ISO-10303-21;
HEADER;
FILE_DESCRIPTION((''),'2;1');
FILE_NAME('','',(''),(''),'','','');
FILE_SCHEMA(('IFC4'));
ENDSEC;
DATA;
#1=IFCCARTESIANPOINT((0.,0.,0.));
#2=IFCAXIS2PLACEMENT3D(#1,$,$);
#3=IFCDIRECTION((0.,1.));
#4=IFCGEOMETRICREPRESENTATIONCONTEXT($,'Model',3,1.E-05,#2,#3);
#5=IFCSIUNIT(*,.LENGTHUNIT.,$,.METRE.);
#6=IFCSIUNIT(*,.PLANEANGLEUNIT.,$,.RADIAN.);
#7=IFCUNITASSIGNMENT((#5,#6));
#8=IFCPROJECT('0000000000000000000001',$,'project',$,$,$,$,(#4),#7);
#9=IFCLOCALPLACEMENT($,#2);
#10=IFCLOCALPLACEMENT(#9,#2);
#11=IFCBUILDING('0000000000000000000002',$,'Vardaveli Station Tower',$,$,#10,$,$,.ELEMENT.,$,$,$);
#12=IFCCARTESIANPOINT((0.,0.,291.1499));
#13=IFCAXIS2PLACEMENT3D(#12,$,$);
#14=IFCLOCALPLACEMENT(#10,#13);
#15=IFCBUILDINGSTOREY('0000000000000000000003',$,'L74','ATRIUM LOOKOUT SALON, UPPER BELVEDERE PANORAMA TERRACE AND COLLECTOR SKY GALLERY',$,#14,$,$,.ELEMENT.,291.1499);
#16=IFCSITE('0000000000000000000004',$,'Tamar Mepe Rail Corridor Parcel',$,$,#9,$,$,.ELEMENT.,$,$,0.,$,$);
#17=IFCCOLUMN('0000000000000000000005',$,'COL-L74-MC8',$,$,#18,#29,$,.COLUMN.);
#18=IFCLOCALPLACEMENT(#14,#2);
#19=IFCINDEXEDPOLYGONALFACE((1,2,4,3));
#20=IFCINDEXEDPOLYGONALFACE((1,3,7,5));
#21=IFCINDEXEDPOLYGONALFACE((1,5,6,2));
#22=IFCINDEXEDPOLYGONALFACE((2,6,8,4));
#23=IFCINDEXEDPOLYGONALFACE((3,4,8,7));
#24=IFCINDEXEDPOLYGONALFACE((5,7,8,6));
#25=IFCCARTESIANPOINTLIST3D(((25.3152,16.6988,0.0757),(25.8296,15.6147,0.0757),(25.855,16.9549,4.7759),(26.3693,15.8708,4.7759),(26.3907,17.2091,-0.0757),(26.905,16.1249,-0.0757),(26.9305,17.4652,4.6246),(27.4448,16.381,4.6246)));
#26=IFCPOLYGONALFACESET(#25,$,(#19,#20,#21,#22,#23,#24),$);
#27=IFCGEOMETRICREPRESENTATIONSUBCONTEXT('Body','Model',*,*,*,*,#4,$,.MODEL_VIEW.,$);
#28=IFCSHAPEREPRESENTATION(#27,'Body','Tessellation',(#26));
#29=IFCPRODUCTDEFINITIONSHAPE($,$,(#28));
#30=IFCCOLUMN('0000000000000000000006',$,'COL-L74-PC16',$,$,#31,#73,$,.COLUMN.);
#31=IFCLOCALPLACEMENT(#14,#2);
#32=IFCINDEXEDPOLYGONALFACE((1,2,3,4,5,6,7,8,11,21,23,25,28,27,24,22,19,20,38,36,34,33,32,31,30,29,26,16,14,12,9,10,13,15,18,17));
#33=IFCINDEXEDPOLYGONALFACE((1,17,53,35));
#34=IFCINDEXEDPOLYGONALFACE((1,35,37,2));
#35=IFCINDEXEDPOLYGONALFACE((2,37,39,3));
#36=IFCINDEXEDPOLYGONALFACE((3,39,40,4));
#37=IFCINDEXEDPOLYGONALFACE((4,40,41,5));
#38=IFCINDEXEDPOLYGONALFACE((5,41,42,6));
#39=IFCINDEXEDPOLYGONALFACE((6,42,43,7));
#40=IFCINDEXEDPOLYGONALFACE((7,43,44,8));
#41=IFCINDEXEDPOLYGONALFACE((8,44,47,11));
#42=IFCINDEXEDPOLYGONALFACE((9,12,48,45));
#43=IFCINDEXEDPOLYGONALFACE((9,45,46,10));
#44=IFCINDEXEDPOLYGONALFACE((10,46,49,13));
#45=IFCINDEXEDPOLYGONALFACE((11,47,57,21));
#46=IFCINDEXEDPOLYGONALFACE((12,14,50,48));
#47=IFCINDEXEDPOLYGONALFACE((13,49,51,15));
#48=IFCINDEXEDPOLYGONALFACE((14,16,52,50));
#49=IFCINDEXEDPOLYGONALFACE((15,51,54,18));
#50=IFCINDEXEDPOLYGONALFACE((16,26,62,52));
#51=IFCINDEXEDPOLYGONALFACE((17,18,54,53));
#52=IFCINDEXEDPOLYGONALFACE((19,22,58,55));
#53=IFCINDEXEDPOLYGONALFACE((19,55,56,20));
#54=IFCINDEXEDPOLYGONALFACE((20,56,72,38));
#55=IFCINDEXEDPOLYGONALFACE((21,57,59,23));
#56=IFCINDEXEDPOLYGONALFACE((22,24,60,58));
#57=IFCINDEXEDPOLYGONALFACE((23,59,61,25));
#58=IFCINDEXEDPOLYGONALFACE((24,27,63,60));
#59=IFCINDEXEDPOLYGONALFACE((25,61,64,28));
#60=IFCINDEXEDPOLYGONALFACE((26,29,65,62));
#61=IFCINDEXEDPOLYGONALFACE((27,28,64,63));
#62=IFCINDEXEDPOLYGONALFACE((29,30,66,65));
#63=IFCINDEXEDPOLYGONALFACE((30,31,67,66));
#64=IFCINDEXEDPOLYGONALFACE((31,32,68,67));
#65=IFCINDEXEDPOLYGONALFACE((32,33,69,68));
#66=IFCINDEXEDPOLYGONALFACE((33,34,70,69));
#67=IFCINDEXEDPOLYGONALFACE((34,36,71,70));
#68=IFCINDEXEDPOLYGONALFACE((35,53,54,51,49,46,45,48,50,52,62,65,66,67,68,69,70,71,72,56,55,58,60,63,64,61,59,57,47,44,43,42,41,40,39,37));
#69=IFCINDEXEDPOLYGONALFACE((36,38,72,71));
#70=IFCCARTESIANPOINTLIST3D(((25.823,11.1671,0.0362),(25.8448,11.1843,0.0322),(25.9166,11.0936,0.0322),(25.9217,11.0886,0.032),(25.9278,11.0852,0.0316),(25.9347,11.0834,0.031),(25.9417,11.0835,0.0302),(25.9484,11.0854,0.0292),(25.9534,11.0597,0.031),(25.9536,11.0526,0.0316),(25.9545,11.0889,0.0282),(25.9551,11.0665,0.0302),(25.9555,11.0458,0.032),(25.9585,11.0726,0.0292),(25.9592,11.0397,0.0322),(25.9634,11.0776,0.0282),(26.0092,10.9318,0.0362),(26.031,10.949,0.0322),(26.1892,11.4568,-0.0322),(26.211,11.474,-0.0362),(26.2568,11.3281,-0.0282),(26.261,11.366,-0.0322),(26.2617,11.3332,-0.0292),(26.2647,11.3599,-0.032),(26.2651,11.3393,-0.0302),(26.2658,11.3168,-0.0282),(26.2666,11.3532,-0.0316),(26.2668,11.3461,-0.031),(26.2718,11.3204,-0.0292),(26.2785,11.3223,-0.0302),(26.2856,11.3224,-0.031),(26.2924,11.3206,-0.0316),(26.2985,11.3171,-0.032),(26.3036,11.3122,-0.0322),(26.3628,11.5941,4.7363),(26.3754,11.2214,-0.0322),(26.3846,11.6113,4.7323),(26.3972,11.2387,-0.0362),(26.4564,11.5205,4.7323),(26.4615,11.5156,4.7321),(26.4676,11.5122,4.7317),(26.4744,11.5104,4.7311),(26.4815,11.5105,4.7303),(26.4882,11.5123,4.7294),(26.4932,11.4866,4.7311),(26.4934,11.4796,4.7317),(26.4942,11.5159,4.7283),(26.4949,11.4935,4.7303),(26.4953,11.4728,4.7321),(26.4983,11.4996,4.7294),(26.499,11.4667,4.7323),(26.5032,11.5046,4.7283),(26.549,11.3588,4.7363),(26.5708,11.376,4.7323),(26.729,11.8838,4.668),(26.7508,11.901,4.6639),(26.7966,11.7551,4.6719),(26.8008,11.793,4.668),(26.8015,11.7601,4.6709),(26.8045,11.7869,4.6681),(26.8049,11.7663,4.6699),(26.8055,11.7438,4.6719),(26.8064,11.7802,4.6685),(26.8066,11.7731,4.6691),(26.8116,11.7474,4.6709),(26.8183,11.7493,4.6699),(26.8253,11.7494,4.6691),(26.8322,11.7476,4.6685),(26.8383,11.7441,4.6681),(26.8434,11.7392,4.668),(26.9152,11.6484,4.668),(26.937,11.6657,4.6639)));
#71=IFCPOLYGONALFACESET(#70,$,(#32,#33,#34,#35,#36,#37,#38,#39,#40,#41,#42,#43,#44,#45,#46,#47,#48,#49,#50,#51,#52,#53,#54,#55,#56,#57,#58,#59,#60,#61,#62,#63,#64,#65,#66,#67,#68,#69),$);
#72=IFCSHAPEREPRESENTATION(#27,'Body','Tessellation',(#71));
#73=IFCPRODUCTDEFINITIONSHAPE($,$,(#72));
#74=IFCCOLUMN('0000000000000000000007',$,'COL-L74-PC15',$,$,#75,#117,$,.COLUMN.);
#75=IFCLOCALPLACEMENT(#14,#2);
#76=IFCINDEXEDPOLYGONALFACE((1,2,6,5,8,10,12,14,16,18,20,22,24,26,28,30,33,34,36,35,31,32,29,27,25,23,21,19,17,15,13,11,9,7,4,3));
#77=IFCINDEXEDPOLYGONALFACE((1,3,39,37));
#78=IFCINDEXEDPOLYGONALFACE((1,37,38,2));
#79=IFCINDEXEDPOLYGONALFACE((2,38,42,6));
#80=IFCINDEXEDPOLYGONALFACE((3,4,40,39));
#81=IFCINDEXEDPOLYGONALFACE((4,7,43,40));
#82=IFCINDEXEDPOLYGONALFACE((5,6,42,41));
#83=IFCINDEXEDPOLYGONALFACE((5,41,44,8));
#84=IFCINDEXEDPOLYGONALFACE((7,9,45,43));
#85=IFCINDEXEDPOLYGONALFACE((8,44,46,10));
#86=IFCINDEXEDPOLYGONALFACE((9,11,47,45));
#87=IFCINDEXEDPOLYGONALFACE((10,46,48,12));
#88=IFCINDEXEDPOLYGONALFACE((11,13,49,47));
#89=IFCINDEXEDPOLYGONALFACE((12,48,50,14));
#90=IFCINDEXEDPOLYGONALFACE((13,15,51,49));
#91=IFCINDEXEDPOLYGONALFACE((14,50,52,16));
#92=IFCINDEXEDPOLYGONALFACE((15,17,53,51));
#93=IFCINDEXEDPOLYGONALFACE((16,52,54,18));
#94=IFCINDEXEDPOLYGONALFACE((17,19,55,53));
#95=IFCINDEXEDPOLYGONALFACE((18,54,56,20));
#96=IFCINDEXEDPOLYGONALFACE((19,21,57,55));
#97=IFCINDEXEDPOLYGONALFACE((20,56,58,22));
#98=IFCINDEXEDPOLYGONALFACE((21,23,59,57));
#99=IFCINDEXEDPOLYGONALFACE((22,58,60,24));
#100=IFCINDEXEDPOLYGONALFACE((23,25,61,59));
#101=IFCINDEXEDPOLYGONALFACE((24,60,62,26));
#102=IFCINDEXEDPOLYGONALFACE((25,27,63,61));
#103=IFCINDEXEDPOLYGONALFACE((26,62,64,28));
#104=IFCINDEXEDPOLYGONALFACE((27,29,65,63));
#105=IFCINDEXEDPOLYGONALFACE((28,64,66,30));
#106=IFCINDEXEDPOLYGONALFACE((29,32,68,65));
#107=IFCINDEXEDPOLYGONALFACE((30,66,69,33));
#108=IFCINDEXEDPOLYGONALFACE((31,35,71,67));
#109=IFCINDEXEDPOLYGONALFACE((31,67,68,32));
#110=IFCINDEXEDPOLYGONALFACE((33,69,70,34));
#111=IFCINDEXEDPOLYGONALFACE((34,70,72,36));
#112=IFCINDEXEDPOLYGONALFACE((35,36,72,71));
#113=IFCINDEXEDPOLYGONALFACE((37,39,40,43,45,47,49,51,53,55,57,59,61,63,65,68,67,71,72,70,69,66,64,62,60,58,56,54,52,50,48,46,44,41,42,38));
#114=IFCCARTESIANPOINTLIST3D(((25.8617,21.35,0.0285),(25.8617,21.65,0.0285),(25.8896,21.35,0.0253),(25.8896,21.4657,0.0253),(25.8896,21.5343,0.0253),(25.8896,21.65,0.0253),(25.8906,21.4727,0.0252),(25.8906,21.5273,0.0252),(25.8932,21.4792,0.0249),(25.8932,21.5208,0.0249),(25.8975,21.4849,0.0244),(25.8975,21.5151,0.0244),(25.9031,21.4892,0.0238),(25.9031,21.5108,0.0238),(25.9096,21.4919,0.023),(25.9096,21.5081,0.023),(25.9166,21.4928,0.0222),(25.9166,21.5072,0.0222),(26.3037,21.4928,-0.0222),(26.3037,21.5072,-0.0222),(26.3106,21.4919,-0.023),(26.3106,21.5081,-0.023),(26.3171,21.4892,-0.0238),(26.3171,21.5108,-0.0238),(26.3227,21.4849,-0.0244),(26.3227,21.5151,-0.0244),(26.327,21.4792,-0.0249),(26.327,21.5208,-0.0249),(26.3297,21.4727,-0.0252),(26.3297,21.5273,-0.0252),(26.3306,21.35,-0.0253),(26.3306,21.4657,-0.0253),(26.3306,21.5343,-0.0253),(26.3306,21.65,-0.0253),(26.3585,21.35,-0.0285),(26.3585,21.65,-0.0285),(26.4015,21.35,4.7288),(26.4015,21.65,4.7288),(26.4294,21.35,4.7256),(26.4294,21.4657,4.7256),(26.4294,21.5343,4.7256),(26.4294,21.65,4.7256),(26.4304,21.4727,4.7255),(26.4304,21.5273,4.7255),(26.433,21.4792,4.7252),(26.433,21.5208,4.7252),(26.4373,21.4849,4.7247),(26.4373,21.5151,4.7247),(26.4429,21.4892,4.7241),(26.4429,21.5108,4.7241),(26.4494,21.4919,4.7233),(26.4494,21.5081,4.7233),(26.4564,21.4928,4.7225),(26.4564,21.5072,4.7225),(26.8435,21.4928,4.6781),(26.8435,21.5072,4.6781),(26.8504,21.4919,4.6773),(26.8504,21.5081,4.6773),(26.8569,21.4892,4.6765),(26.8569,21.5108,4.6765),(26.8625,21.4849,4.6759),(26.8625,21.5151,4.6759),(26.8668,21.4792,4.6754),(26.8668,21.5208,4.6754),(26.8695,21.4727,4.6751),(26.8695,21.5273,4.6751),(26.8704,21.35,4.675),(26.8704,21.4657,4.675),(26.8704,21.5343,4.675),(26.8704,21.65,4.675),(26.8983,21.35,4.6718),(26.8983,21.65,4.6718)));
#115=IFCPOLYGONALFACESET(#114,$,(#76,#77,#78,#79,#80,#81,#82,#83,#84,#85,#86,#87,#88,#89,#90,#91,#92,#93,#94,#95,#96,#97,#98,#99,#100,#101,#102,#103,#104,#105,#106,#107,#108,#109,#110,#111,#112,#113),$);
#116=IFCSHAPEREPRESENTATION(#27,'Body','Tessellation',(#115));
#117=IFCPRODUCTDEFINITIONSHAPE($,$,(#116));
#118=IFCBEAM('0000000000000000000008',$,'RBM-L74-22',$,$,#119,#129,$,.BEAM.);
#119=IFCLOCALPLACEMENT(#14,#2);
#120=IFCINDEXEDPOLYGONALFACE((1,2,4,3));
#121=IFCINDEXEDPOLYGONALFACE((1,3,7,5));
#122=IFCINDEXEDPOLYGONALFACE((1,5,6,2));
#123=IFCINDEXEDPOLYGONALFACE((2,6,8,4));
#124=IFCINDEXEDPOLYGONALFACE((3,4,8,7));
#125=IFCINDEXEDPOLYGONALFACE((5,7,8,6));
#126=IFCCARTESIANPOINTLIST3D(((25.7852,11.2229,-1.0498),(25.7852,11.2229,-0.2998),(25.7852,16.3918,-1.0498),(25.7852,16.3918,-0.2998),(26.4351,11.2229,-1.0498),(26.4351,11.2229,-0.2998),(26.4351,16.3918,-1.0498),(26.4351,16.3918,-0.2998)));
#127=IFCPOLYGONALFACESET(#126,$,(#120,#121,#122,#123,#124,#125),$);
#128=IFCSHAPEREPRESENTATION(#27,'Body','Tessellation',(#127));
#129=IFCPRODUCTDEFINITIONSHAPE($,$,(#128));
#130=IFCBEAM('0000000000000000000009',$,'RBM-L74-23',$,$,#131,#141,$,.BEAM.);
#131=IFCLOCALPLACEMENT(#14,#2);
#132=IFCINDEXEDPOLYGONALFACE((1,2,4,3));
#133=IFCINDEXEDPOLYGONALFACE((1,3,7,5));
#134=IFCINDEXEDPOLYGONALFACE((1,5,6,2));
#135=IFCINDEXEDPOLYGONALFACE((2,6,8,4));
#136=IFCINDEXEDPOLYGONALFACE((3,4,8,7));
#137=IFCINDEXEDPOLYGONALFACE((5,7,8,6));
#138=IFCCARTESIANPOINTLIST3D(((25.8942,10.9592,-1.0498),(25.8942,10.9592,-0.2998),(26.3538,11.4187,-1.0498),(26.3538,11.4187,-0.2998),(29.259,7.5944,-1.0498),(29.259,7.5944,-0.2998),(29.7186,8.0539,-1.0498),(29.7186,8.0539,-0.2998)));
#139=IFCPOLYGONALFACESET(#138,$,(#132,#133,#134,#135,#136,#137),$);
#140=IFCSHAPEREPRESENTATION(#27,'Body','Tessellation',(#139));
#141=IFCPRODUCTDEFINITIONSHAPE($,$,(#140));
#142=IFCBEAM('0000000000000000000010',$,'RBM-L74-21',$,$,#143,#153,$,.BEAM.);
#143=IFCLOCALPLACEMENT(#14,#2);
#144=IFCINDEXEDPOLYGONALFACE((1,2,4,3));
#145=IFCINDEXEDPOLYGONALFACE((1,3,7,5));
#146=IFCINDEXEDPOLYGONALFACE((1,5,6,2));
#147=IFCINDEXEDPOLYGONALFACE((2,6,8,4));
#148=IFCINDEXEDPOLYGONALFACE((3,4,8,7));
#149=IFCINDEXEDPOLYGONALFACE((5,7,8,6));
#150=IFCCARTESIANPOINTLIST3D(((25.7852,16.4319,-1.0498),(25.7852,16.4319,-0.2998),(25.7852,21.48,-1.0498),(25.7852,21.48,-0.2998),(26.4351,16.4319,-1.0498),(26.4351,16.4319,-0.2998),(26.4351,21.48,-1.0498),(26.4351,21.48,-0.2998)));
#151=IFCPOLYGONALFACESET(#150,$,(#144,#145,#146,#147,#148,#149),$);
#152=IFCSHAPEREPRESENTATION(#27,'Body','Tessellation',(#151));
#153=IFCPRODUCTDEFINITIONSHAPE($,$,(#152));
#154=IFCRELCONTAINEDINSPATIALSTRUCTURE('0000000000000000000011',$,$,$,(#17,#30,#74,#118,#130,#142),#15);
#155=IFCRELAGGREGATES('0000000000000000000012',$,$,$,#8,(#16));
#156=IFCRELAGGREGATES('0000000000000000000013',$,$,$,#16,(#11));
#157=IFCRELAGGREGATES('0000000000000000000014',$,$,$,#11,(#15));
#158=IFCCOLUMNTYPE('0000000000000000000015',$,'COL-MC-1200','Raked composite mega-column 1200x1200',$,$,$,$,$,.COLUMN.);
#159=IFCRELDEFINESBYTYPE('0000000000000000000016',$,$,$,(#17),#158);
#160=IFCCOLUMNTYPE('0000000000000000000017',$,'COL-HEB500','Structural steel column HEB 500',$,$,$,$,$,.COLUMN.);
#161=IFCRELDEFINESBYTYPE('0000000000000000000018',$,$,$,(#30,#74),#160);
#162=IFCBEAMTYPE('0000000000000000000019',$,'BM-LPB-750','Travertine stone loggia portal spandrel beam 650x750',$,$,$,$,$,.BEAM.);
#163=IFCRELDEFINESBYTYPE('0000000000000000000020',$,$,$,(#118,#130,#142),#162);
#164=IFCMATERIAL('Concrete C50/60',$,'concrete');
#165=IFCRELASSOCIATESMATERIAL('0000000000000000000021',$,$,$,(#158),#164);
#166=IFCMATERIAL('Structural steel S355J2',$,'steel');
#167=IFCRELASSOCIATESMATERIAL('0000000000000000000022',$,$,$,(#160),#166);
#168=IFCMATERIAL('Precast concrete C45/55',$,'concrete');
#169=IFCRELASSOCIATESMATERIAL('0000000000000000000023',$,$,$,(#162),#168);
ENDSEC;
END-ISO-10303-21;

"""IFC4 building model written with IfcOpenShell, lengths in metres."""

from ifc_helpers import new_model, si_unit, direction, frame, origin, origin_2d, place, context, subcontext, project, spatial, rectangle, i_section, extrude, source, transform, mapped, material, material_profile, profile_set, type_object, element, save


model = new_model("IFC4")

# Units and contexts
model_context = context("Model", 3, precision=1e-05, world=origin(), true_north=direction((0.0, 1.0)))
body_context = subcontext(model_context, "Body", "Model", "MODEL_VIEW")
ifc_project = project(units=[si_unit("LENGTHUNIT", "METRE"), si_unit("PLANEANGLEUNIT", "RADIAN")], contexts=[model_context])

# Site, building, storey
site_placement = place(None, origin())
site = spatial("IfcSite", under=ifc_project, at=site_placement, Name="Tamar Mepe Rail Corridor Parcel", CompositionType="ELEMENT", RefElevation=0.0)
building_placement = place(site_placement, origin())
building = spatial("IfcBuilding", under=site, at=building_placement, Name="Vardaveli Station Tower", CompositionType="ELEMENT")
storey_placement = place(building_placement, frame((0.0, 0.0, 291.1499)))
storey = spatial("IfcBuildingStorey", under=building, at=storey_placement, Name="L74", Description="ATRIUM LOOKOUT SALON, UPPER BELVEDERE PANORAMA TERRACE AND COLLECTOR SKY GALLERY", CompositionType="ELEMENT", Elevation=291.1499)

# Columns
ifc_material_1 = material(Name="Concrete C50/60", Category="concrete")
ifc_material_profile_1 = material_profile(ifc_material_1, rectangle(XDim=1.2, YDim=1.2, at=origin_2d()), Name="MC 1200x1200")
ifc_profile_set_1 = profile_set([ifc_material_profile_1], Name="Concrete C50/60")
column_type_1 = type_object("IfcColumnType", Name="COL-MC-1200", Description="Raked composite mega-column 1200x1200", PredefinedType="COLUMN", material=ifc_profile_set_1)
shared_shape_1 = source(origin(), body_context, "Body", "SweptSolid", [
    extrude(rectangle(XDim=1.2, YDim=1.2, at=origin_2d()), origin(), (0.0, 0.0, 1.0), 4.738),
])
column_1_placement = place(storey_placement, frame((26.1101, 16.4119, 0.0), z_axis=(0.113928, 0.054053, 0.992017), x_axis=(-0.428648, 0.903471, 0.0)))
element("IfcColumn", 1, at=column_1_placement, inside=storey, type_object=column_type_1, Name="COL-L74-MC8", PredefinedType="COLUMN", context=body_context, shape_type="MappedRepresentation", body=[
    mapped(shared_shape_1, transform((0.0, 0.0, 0.0), scale=1.0)),
])
ifc_material_2 = material(Name="Structural steel S355J2", Category="steel")
ifc_material_profile_2 = material_profile(ifc_material_2, i_section(OverallWidth=0.3, OverallDepth=0.5, WebThickness=0.0144, FlangeThickness=0.0281, FilletRadius=0.0271, at=origin_2d()), Name="HEB 500")
ifc_profile_set_2 = profile_set([ifc_material_profile_2], Name="Structural steel S355J2")
column_type_2 = type_object("IfcColumnType", Name="COL-HEB500", Description="Structural steel column HEB 500", PredefinedType="COLUMN", material=ifc_profile_set_2)
shared_shape_2 = source(origin(), body_context, "Body", "SweptSolid", [
    extrude(i_section(OverallWidth=0.3, OverallDepth=0.5, WebThickness=0.0144, FlangeThickness=0.0281, FilletRadius=0.0271, at=origin_2d()), origin(), (0.0, 0.0, 1.0), 4.7502),
])
column_2_placement = place(storey_placement, frame((26.1101, 11.2029, 0.0), z_axis=(0.113633, 0.089889, 0.989448), x_axis=(-0.620403, 0.784283, 0.0)))
element("IfcColumn", 2, at=column_2_placement, inside=storey, type_object=column_type_2, Name="COL-L74-PC16", PredefinedType="COLUMN", context=body_context, shape_type="MappedRepresentation", body=[
    mapped(shared_shape_2, transform((0.0, 0.0, 0.0), scale=1.0)),
])
shared_shape_3 = source(origin(), body_context, "Body", "SweptSolid", [
    extrude(i_section(OverallWidth=0.3, OverallDepth=0.5, WebThickness=0.0144, FlangeThickness=0.0281, FilletRadius=0.0271, at=origin_2d()), origin(), (0.0, 0.0, 1.0), 4.7312),
])
column_3_placement = place(storey_placement, frame((26.1101, 21.5, 0.0), z_axis=(0.114095, 0.0, 0.99347), x_axis=(0.0, 1.0, 0.0)))
element("IfcColumn", 3, at=column_3_placement, inside=storey, type_object=column_type_2, Name="COL-L74-PC15", PredefinedType="COLUMN", context=body_context, shape_type="MappedRepresentation", body=[
    mapped(shared_shape_3, transform((0.0, 0.0, 0.0), scale=1.0)),
])

# Beams
ifc_material_3 = material(Name="Precast concrete C45/55", Category="concrete")
ifc_material_profile_3 = material_profile(ifc_material_3, rectangle(XDim=0.6499, YDim=0.75, at=origin_2d()), Name="LPB 650x750")
ifc_profile_set_3 = profile_set([ifc_material_profile_3], Name="Precast concrete C45/55")
beam_type_1 = type_object("IfcBeamType", Name="BM-LPB-750", Description="Travertine stone loggia portal spandrel beam 650x750", PredefinedType="BEAM", material=ifc_profile_set_3)
shared_shape_4 = source(origin(), body_context, "Body", "SweptSolid", [
    extrude(rectangle(XDim=0.6499, YDim=0.75, at=origin_2d()), origin(), (0.0, 0.0, 1.0), 5.1689),
])
beam_1_placement = place(storey_placement, frame((26.1101, 16.3918, -0.6748), z_axis=(0.0, -1.0, 0.0), x_axis=(1.0, 0.0, 0.0)))
element("IfcBeam", 4, at=beam_1_placement, inside=storey, type_object=beam_type_1, Name="RBM-L74-22", PredefinedType="BEAM", context=body_context, shape_type="MappedRepresentation", body=[
    mapped(shared_shape_4, transform((0.0, 0.0, 0.0), scale=1.0)),
])
shared_shape_5 = source(origin(), body_context, "Body", "SweptSolid", [
    extrude(rectangle(XDim=0.6499, YDim=0.75, at=origin_2d()), origin(), (0.0, 0.0, 1.0), 4.7585),
])
beam_2_placement = place(storey_placement, frame((26.124, 11.189, -0.6748), z_axis=(0.707107, -0.707107, 0.0), x_axis=(0.707107, 0.707107, 0.0)))
element("IfcBeam", 5, at=beam_2_placement, inside=storey, type_object=beam_type_1, Name="RBM-L74-23", PredefinedType="BEAM", context=body_context, shape_type="MappedRepresentation", body=[
    mapped(shared_shape_5, transform((0.0, 0.0, 0.0), scale=1.0)),
])
shared_shape_6 = source(origin(), body_context, "Body", "SweptSolid", [
    extrude(rectangle(XDim=0.6499, YDim=0.75, at=origin_2d()), origin(), (0.0, 0.0, 1.0), 5.0481),
])
beam_3_placement = place(storey_placement, frame((26.1101, 21.48, -0.6748), z_axis=(0.0, -1.0, 0.0), x_axis=(1.0, 0.0, 0.0)))
element("IfcBeam", 6, at=beam_3_placement, inside=storey, type_object=beam_type_1, Name="RBM-L74-21", PredefinedType="BEAM", context=body_context, shape_type="MappedRepresentation", body=[
    mapped(shared_shape_6, transform((0.0, 0.0, 0.0), scale=1.0)),
])

save(model, "model.ifc")
